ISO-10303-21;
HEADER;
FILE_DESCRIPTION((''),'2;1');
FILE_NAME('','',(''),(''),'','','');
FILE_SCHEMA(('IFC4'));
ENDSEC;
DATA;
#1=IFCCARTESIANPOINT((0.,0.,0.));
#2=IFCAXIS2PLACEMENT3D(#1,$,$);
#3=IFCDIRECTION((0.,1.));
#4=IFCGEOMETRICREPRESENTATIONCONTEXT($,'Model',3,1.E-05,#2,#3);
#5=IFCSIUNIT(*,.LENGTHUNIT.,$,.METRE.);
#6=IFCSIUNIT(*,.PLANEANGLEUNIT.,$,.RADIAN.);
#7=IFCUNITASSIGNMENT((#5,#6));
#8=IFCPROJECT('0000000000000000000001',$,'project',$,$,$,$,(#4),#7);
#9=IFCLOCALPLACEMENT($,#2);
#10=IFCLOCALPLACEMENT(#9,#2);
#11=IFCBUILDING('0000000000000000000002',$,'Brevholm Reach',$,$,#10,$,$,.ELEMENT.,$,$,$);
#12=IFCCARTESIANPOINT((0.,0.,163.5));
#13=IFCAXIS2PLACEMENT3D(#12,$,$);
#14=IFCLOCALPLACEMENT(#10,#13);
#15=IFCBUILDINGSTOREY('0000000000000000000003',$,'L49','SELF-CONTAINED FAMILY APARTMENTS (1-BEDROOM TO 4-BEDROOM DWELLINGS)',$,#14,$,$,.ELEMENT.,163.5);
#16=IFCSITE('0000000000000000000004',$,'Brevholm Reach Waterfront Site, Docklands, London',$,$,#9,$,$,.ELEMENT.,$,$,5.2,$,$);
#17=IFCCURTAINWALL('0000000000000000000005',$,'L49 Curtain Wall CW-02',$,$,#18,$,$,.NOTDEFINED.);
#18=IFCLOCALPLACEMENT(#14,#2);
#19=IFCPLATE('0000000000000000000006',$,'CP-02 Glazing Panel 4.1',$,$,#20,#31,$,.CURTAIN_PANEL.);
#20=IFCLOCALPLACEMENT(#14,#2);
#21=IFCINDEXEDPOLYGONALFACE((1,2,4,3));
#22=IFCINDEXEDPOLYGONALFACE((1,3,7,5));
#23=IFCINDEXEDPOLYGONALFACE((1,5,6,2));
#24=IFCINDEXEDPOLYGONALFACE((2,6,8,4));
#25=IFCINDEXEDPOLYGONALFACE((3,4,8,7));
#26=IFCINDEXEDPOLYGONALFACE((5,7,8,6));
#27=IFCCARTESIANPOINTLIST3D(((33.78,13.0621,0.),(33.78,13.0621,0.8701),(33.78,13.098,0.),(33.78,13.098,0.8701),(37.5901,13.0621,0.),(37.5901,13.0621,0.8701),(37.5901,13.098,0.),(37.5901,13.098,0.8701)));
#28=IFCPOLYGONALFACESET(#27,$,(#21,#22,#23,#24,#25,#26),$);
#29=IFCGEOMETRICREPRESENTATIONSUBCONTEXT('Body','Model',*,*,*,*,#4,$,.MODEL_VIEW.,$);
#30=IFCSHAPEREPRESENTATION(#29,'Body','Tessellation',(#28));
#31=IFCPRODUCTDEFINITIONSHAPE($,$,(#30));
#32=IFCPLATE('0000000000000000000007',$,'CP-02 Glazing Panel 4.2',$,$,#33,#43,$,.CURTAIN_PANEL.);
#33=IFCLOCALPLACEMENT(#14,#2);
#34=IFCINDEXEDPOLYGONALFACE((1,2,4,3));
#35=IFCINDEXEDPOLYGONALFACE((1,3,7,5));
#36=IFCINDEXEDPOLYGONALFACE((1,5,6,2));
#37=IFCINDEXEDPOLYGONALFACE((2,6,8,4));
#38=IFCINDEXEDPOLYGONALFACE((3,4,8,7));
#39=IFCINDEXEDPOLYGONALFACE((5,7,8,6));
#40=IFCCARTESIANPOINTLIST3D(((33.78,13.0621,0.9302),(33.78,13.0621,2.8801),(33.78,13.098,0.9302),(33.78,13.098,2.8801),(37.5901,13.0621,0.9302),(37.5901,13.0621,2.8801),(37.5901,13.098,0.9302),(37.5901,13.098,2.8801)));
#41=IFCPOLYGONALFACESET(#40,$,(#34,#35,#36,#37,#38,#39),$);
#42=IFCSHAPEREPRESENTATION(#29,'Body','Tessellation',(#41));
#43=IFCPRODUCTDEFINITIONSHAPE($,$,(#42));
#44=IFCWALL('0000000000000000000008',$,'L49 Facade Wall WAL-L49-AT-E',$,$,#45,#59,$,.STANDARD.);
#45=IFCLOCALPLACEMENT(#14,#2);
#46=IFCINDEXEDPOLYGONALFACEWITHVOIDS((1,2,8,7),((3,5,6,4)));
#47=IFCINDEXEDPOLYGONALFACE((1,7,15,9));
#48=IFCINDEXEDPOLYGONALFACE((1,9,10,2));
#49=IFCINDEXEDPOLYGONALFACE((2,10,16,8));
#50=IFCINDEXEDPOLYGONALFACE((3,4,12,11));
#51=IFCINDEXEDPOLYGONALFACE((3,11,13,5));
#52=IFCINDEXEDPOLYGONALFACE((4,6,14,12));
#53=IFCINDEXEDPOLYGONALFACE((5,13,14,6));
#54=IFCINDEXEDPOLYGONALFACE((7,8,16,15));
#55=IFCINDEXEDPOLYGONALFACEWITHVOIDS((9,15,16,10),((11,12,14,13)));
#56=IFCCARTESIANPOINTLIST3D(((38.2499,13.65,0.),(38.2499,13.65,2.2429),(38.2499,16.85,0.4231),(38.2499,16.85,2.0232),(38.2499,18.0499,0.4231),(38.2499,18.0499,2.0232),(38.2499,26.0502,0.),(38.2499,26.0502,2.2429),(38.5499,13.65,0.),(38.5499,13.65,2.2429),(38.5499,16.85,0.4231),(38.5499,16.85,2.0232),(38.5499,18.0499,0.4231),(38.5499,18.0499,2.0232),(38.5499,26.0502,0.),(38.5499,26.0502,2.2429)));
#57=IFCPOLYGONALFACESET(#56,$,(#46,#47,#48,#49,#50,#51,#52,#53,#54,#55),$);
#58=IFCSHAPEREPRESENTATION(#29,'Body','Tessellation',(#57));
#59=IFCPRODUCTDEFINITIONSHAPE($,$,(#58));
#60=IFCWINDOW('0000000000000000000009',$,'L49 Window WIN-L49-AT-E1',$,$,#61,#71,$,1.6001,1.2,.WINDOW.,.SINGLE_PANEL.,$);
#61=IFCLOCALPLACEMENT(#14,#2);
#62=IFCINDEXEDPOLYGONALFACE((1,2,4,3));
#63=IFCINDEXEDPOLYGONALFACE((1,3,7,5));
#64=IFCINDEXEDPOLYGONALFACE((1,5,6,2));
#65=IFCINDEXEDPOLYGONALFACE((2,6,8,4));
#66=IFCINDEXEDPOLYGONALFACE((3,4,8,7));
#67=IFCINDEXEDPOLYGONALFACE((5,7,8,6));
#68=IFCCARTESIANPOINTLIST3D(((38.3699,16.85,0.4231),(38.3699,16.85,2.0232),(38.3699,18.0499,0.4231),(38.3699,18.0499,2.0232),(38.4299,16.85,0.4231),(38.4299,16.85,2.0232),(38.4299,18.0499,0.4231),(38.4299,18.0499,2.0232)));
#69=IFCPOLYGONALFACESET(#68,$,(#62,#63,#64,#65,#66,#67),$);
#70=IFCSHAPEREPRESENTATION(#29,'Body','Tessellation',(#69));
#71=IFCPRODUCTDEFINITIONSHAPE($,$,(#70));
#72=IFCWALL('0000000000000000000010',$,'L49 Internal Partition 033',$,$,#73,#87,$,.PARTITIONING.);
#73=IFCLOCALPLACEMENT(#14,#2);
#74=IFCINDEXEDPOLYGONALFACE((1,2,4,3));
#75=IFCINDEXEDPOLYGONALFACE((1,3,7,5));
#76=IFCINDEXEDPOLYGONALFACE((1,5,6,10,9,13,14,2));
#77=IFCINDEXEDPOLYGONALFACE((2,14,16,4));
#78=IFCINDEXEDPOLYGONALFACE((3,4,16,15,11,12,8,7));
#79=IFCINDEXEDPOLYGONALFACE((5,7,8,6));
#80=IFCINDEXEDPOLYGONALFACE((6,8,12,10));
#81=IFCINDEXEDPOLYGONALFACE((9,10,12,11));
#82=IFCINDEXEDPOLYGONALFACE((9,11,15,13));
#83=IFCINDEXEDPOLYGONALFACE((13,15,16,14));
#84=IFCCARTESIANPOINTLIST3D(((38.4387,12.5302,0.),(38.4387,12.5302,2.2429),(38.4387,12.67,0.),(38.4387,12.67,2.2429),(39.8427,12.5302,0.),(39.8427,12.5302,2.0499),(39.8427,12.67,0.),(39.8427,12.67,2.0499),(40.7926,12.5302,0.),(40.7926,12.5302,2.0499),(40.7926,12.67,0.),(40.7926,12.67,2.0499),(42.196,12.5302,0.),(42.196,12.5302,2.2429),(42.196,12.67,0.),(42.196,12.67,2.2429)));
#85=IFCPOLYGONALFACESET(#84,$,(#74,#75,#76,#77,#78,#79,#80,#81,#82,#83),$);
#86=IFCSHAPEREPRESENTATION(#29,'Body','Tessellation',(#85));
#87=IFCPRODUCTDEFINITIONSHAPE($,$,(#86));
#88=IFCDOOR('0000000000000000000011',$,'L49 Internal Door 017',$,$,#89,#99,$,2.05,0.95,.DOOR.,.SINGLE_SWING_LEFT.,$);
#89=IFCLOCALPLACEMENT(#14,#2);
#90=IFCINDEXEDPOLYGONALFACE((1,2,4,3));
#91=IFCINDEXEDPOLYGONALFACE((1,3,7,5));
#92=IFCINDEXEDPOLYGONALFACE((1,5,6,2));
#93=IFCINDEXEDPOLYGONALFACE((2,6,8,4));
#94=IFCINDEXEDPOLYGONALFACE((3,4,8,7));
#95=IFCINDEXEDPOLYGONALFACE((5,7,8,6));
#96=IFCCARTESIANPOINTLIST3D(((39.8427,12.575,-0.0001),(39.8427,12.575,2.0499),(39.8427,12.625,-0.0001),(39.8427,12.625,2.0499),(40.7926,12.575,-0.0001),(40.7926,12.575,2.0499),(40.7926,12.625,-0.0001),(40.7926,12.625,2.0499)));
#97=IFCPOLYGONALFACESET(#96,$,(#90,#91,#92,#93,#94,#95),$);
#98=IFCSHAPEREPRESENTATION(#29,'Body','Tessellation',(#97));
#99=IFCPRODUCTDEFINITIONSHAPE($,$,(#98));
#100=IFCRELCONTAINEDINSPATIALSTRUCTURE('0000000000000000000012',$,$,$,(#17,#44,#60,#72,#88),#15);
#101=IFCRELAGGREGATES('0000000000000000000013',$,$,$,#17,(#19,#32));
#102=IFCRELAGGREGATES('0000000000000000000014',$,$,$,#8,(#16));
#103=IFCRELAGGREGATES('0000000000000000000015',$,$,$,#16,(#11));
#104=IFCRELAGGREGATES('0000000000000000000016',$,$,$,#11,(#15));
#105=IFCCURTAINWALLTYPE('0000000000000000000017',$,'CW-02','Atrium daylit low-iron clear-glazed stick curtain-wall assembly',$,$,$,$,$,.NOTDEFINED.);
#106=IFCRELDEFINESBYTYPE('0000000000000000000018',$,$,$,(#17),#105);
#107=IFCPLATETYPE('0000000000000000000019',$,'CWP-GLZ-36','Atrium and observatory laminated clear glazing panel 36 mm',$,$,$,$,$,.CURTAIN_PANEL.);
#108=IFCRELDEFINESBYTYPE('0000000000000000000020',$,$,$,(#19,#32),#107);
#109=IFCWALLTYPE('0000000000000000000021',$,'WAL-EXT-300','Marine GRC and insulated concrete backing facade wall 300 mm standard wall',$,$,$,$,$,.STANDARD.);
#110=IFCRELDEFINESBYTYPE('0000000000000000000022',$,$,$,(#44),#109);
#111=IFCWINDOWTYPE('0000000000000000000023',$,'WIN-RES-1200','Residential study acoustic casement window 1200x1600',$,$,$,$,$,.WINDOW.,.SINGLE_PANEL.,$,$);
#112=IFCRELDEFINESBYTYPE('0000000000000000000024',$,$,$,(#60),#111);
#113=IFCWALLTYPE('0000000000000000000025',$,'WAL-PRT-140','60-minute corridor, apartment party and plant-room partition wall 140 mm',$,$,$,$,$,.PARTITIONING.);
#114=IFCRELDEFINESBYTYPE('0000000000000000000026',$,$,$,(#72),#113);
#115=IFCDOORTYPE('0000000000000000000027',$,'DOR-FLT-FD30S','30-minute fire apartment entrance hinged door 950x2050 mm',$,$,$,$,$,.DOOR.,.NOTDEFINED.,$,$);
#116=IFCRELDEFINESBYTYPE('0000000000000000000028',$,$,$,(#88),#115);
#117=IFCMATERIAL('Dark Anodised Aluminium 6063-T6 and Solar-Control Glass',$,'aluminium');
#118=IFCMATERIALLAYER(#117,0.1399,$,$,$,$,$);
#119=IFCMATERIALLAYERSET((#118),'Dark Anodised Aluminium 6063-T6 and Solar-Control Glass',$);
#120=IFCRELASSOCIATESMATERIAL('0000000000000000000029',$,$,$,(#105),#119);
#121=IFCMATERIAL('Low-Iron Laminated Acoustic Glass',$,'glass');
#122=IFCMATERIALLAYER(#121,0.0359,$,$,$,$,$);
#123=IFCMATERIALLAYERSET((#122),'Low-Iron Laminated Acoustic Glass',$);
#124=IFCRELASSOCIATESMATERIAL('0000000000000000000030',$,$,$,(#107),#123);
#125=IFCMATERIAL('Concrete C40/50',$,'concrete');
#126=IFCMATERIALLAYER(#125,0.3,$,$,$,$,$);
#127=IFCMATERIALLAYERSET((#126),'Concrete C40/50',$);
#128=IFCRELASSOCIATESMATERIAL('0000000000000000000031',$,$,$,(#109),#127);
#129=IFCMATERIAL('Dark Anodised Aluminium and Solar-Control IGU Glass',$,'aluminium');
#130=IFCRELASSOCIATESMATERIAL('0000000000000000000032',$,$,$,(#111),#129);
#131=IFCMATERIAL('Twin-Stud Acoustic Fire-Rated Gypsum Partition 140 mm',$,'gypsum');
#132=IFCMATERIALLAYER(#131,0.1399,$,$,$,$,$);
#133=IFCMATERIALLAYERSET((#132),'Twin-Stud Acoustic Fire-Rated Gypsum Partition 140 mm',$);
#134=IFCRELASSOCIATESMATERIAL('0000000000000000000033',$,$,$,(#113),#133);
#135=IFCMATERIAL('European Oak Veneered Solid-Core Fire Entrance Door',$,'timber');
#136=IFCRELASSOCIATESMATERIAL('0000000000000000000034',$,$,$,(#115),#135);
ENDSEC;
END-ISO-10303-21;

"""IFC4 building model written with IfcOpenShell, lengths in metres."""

from ifc_helpers import new_model, si_unit, direction, frame, frame_2d, origin, origin_2d, place, context, subcontext, project, spatial, rectangle, extrude, material, layer, layer_set, type_object, element, fill, aggregate, save


model = new_model("IFC4")

# Units and contexts
model_context = context("Model", 3, precision=1e-05, world=origin(), true_north=direction((0.0, 1.0)))
body_context = subcontext(model_context, "Body", "Model", "MODEL_VIEW")
ifc_project = project(units=[si_unit("LENGTHUNIT", "METRE"), si_unit("PLANEANGLEUNIT", "RADIAN")], contexts=[model_context])

# Site, building, storey
site_placement = place(None, origin())
site = spatial("IfcSite", under=ifc_project, at=site_placement, Name="Brevholm Reach Waterfront Site, Docklands, London", CompositionType="ELEMENT", RefElevation=5.2)
building_placement = place(site_placement, origin())
building = spatial("IfcBuilding", under=site, at=building_placement, Name="Brevholm Reach", CompositionType="ELEMENT")
storey_placement = place(building_placement, frame((0.0, 0.0, 163.5)))
storey = spatial("IfcBuildingStorey", under=building, at=storey_placement, Name="L49", Description="SELF-CONTAINED FAMILY APARTMENTS (1-BEDROOM TO 4-BEDROOM DWELLINGS)", CompositionType="ELEMENT", Elevation=163.5)

# Curtain wall, plates
ifc_material_1 = material(Name="Dark Anodised Aluminium 6063-T6 and Solar-Control Glass", Category="aluminium")
ifc_layer_1 = layer(ifc_material_1, 0.1399)
ifc_layer_set_1 = layer_set([ifc_layer_1], Name="Dark Anodised Aluminium 6063-T6 and Solar-Control Glass")
curtain_wall_type = type_object("IfcCurtainWallType", Name="CW-02", Description="Atrium daylit low-iron clear-glazed stick curtain-wall assembly", PredefinedType="NOTDEFINED", material=ifc_layer_set_1)
curtain_wall_placement = place(storey_placement, origin())
curtain_wall = element("IfcCurtainWall", 1, at=curtain_wall_placement, inside=storey, type_object=curtain_wall_type, Name="L49 Curtain Wall CW-02", PredefinedType="NOTDEFINED")
ifc_material_2 = material(Name="Low-Iron Laminated Acoustic Glass", Category="glass")
ifc_layer_2 = layer(ifc_material_2, 0.0359)
ifc_layer_set_2 = layer_set([ifc_layer_2], Name="Low-Iron Laminated Acoustic Glass")
plate_type = type_object("IfcPlateType", Name="CWP-GLZ-36", Description="Atrium and observatory laminated clear glazing panel 36 mm", PredefinedType="CURTAIN_PANEL", material=ifc_layer_set_2)
plate_1_placement = place(storey_placement, frame((35.6851, 13.0801, 0.0), z_axis=(0.0, 0.0, 1.0), x_axis=(1.0, 0.0, 0.0)))
plate_1 = element("IfcPlate", 2, at=plate_1_placement, type_object=plate_type, Name="CP-02 Glazing Panel 4.1", PredefinedType="CURTAIN_PANEL", context=body_context, shape_type="SweptSolid", body=[
    extrude(rectangle(XDim=3.8101, YDim=0.0359, at=origin_2d()), origin(), (0.0, 0.0, 1.0), 0.8701),
])
plate_2_placement = place(storey_placement, frame((35.6851, 13.0801, 0.9302), z_axis=(0.0, 0.0, 1.0), x_axis=(1.0, 0.0, 0.0)))
plate_2 = element("IfcPlate", 3, at=plate_2_placement, type_object=plate_type, Name="CP-02 Glazing Panel 4.2", PredefinedType="CURTAIN_PANEL", context=body_context, shape_type="SweptSolid", body=[
    extrude(rectangle(XDim=3.8101, YDim=0.0359, at=origin_2d()), origin(), (0.0, 0.0, 1.0), 1.95),
])
aggregate(curtain_wall, [plate_1, plate_2])

# Wall, opening, window
ifc_material_3 = material(Name="Concrete C40/50", Category="concrete")
ifc_layer_3 = layer(ifc_material_3, 0.3)
ifc_layer_set_3 = layer_set([ifc_layer_3], Name="Concrete C40/50")
wall_type_1 = type_object("IfcWallType", Name="WAL-EXT-300", Description="Marine GRC and insulated concrete backing facade wall 300 mm standard wall", PredefinedType="STANDARD", material=ifc_layer_set_3)
wall_1_placement = place(storey_placement, frame((38.3999, 13.6499, 0.0), z_axis=(0.0, 0.0, 1.0), x_axis=(0.0, 1.0, 0.0)))
wall_1 = element("IfcWall", 4, at=wall_1_placement, inside=storey, type_object=wall_type_1, Name="L49 Facade Wall WAL-L49-AT-E", PredefinedType="STANDARD", context=body_context, shape_type="SweptSolid", body=[
    extrude(rectangle(XDim=12.4001, YDim=0.3, at=frame_2d((6.2002, 0.0))), origin(), (0.0, 0.0, 1.0), 2.2429),
])
opening_1_placement = place(wall_1_placement, frame((3.2, 0.0, 0.4231)))
opening_1 = element("IfcOpeningElement", 5, at=opening_1_placement, cuts=wall_1, PredefinedType="OPENING", context=body_context, shape_type="SweptSolid", body=[
    extrude(rectangle(XDim=1.2, YDim=1.6001, at=frame_2d((0.6001, 0.8))), frame((0.0, 0.1599, 0.0), z_axis=(0.0, -1.0, 0.0), x_axis=(1.0, 0.0, 0.0)), (0.0, 0.0, 1.0), 0.3201),
])
ifc_material_4 = material(Name="Dark Anodised Aluminium and Solar-Control IGU Glass", Category="aluminium")
window_type = type_object("IfcWindowType", Name="WIN-RES-1200", Description="Residential study acoustic casement window 1200x1600", PartitioningType="SINGLE_PANEL", PredefinedType="WINDOW", material=ifc_material_4)
window_placement = place(opening_1_placement, origin())
window = element("IfcWindow", 6, at=window_placement, inside=storey, type_object=window_type, Name="L49 Window WIN-L49-AT-E1", OverallHeight=1.6001, OverallWidth=1.2, PartitioningType="SINGLE_PANEL", PredefinedType="WINDOW", context=body_context, shape_type="SweptSolid", body=[
    extrude(rectangle(XDim=1.2, YDim=1.6001, at=frame_2d((0.6001, 0.8))), frame((0.0, 0.03, 0.0), z_axis=(0.0, -1.0, 0.0), x_axis=(1.0, 0.0, 0.0)), (0.0, 0.0, 1.0), 0.0601),
])
fill(opening_1, window)

# Wall, opening, door
ifc_material_5 = material(Name="Twin-Stud Acoustic Fire-Rated Gypsum Partition 140 mm", Category="gypsum")
ifc_layer_4 = layer(ifc_material_5, 0.1399)
ifc_layer_set_4 = layer_set([ifc_layer_4], Name="Twin-Stud Acoustic Fire-Rated Gypsum Partition 140 mm")
wall_type_2 = type_object("IfcWallType", Name="WAL-PRT-140", Description="60-minute corridor, apartment party and plant-room partition wall 140 mm", PredefinedType="PARTITIONING", material=ifc_layer_set_4)
wall_2_placement = place(storey_placement, frame((38.4387, 12.6001, 0.0), z_axis=(0.0, 0.0, 1.0), x_axis=(1.0, 0.0, 0.0)))
wall_2 = element("IfcWall", 7, at=wall_2_placement, inside=storey, type_object=wall_type_2, Name="L49 Internal Partition 033", PredefinedType="PARTITIONING", context=body_context, shape_type="SweptSolid", body=[
    extrude(rectangle(XDim=3.7573, YDim=0.1399, at=frame_2d((1.8787, 0.0))), origin(), (0.0, 0.0, 1.0), 2.2429),
])
opening_2_placement = place(wall_2_placement, frame((1.4038, 0.0, 0.0)))
opening_2 = element("IfcOpeningElement", 8, at=opening_2_placement, cuts=wall_2, PredefinedType="OPENING", context=body_context, shape_type="SweptSolid", body=[
    extrude(rectangle(XDim=0.95, YDim=2.05, at=frame_2d((0.4751, 1.0249))), frame((0.0, 0.0798, 0.0), z_axis=(0.0, -1.0, 0.0), x_axis=(1.0, 0.0, 0.0)), (0.0, 0.0, 1.0), 0.1599),
])
ifc_material_6 = material(Name="European Oak Veneered Solid-Core Fire Entrance Door", Category="timber")
door_type = type_object("IfcDoorType", Name="DOR-FLT-FD30S", Description="30-minute fire apartment entrance hinged door 950x2050 mm", OperationType="NOTDEFINED", PredefinedType="DOOR", material=ifc_material_6)
door_placement = place(opening_2_placement, origin())
door = element("IfcDoor", 9, at=door_placement, inside=storey, type_object=door_type, Name="L49 Internal Door 017", OperationType="SINGLE_SWING_LEFT", OverallHeight=2.05, OverallWidth=0.95, PredefinedType="DOOR", context=body_context, shape_type="SweptSolid", body=[
    extrude(rectangle(XDim=0.95, YDim=2.05, at=frame_2d((0.4751, 1.0249))), frame((0.0, 0.0249, 0.0), z_axis=(0.0, -1.0, 0.0), x_axis=(1.0, 0.0, 0.0)), (0.0, 0.0, 1.0), 0.05),
])
fill(opening_2, door)

save(model, "model.ifc")
